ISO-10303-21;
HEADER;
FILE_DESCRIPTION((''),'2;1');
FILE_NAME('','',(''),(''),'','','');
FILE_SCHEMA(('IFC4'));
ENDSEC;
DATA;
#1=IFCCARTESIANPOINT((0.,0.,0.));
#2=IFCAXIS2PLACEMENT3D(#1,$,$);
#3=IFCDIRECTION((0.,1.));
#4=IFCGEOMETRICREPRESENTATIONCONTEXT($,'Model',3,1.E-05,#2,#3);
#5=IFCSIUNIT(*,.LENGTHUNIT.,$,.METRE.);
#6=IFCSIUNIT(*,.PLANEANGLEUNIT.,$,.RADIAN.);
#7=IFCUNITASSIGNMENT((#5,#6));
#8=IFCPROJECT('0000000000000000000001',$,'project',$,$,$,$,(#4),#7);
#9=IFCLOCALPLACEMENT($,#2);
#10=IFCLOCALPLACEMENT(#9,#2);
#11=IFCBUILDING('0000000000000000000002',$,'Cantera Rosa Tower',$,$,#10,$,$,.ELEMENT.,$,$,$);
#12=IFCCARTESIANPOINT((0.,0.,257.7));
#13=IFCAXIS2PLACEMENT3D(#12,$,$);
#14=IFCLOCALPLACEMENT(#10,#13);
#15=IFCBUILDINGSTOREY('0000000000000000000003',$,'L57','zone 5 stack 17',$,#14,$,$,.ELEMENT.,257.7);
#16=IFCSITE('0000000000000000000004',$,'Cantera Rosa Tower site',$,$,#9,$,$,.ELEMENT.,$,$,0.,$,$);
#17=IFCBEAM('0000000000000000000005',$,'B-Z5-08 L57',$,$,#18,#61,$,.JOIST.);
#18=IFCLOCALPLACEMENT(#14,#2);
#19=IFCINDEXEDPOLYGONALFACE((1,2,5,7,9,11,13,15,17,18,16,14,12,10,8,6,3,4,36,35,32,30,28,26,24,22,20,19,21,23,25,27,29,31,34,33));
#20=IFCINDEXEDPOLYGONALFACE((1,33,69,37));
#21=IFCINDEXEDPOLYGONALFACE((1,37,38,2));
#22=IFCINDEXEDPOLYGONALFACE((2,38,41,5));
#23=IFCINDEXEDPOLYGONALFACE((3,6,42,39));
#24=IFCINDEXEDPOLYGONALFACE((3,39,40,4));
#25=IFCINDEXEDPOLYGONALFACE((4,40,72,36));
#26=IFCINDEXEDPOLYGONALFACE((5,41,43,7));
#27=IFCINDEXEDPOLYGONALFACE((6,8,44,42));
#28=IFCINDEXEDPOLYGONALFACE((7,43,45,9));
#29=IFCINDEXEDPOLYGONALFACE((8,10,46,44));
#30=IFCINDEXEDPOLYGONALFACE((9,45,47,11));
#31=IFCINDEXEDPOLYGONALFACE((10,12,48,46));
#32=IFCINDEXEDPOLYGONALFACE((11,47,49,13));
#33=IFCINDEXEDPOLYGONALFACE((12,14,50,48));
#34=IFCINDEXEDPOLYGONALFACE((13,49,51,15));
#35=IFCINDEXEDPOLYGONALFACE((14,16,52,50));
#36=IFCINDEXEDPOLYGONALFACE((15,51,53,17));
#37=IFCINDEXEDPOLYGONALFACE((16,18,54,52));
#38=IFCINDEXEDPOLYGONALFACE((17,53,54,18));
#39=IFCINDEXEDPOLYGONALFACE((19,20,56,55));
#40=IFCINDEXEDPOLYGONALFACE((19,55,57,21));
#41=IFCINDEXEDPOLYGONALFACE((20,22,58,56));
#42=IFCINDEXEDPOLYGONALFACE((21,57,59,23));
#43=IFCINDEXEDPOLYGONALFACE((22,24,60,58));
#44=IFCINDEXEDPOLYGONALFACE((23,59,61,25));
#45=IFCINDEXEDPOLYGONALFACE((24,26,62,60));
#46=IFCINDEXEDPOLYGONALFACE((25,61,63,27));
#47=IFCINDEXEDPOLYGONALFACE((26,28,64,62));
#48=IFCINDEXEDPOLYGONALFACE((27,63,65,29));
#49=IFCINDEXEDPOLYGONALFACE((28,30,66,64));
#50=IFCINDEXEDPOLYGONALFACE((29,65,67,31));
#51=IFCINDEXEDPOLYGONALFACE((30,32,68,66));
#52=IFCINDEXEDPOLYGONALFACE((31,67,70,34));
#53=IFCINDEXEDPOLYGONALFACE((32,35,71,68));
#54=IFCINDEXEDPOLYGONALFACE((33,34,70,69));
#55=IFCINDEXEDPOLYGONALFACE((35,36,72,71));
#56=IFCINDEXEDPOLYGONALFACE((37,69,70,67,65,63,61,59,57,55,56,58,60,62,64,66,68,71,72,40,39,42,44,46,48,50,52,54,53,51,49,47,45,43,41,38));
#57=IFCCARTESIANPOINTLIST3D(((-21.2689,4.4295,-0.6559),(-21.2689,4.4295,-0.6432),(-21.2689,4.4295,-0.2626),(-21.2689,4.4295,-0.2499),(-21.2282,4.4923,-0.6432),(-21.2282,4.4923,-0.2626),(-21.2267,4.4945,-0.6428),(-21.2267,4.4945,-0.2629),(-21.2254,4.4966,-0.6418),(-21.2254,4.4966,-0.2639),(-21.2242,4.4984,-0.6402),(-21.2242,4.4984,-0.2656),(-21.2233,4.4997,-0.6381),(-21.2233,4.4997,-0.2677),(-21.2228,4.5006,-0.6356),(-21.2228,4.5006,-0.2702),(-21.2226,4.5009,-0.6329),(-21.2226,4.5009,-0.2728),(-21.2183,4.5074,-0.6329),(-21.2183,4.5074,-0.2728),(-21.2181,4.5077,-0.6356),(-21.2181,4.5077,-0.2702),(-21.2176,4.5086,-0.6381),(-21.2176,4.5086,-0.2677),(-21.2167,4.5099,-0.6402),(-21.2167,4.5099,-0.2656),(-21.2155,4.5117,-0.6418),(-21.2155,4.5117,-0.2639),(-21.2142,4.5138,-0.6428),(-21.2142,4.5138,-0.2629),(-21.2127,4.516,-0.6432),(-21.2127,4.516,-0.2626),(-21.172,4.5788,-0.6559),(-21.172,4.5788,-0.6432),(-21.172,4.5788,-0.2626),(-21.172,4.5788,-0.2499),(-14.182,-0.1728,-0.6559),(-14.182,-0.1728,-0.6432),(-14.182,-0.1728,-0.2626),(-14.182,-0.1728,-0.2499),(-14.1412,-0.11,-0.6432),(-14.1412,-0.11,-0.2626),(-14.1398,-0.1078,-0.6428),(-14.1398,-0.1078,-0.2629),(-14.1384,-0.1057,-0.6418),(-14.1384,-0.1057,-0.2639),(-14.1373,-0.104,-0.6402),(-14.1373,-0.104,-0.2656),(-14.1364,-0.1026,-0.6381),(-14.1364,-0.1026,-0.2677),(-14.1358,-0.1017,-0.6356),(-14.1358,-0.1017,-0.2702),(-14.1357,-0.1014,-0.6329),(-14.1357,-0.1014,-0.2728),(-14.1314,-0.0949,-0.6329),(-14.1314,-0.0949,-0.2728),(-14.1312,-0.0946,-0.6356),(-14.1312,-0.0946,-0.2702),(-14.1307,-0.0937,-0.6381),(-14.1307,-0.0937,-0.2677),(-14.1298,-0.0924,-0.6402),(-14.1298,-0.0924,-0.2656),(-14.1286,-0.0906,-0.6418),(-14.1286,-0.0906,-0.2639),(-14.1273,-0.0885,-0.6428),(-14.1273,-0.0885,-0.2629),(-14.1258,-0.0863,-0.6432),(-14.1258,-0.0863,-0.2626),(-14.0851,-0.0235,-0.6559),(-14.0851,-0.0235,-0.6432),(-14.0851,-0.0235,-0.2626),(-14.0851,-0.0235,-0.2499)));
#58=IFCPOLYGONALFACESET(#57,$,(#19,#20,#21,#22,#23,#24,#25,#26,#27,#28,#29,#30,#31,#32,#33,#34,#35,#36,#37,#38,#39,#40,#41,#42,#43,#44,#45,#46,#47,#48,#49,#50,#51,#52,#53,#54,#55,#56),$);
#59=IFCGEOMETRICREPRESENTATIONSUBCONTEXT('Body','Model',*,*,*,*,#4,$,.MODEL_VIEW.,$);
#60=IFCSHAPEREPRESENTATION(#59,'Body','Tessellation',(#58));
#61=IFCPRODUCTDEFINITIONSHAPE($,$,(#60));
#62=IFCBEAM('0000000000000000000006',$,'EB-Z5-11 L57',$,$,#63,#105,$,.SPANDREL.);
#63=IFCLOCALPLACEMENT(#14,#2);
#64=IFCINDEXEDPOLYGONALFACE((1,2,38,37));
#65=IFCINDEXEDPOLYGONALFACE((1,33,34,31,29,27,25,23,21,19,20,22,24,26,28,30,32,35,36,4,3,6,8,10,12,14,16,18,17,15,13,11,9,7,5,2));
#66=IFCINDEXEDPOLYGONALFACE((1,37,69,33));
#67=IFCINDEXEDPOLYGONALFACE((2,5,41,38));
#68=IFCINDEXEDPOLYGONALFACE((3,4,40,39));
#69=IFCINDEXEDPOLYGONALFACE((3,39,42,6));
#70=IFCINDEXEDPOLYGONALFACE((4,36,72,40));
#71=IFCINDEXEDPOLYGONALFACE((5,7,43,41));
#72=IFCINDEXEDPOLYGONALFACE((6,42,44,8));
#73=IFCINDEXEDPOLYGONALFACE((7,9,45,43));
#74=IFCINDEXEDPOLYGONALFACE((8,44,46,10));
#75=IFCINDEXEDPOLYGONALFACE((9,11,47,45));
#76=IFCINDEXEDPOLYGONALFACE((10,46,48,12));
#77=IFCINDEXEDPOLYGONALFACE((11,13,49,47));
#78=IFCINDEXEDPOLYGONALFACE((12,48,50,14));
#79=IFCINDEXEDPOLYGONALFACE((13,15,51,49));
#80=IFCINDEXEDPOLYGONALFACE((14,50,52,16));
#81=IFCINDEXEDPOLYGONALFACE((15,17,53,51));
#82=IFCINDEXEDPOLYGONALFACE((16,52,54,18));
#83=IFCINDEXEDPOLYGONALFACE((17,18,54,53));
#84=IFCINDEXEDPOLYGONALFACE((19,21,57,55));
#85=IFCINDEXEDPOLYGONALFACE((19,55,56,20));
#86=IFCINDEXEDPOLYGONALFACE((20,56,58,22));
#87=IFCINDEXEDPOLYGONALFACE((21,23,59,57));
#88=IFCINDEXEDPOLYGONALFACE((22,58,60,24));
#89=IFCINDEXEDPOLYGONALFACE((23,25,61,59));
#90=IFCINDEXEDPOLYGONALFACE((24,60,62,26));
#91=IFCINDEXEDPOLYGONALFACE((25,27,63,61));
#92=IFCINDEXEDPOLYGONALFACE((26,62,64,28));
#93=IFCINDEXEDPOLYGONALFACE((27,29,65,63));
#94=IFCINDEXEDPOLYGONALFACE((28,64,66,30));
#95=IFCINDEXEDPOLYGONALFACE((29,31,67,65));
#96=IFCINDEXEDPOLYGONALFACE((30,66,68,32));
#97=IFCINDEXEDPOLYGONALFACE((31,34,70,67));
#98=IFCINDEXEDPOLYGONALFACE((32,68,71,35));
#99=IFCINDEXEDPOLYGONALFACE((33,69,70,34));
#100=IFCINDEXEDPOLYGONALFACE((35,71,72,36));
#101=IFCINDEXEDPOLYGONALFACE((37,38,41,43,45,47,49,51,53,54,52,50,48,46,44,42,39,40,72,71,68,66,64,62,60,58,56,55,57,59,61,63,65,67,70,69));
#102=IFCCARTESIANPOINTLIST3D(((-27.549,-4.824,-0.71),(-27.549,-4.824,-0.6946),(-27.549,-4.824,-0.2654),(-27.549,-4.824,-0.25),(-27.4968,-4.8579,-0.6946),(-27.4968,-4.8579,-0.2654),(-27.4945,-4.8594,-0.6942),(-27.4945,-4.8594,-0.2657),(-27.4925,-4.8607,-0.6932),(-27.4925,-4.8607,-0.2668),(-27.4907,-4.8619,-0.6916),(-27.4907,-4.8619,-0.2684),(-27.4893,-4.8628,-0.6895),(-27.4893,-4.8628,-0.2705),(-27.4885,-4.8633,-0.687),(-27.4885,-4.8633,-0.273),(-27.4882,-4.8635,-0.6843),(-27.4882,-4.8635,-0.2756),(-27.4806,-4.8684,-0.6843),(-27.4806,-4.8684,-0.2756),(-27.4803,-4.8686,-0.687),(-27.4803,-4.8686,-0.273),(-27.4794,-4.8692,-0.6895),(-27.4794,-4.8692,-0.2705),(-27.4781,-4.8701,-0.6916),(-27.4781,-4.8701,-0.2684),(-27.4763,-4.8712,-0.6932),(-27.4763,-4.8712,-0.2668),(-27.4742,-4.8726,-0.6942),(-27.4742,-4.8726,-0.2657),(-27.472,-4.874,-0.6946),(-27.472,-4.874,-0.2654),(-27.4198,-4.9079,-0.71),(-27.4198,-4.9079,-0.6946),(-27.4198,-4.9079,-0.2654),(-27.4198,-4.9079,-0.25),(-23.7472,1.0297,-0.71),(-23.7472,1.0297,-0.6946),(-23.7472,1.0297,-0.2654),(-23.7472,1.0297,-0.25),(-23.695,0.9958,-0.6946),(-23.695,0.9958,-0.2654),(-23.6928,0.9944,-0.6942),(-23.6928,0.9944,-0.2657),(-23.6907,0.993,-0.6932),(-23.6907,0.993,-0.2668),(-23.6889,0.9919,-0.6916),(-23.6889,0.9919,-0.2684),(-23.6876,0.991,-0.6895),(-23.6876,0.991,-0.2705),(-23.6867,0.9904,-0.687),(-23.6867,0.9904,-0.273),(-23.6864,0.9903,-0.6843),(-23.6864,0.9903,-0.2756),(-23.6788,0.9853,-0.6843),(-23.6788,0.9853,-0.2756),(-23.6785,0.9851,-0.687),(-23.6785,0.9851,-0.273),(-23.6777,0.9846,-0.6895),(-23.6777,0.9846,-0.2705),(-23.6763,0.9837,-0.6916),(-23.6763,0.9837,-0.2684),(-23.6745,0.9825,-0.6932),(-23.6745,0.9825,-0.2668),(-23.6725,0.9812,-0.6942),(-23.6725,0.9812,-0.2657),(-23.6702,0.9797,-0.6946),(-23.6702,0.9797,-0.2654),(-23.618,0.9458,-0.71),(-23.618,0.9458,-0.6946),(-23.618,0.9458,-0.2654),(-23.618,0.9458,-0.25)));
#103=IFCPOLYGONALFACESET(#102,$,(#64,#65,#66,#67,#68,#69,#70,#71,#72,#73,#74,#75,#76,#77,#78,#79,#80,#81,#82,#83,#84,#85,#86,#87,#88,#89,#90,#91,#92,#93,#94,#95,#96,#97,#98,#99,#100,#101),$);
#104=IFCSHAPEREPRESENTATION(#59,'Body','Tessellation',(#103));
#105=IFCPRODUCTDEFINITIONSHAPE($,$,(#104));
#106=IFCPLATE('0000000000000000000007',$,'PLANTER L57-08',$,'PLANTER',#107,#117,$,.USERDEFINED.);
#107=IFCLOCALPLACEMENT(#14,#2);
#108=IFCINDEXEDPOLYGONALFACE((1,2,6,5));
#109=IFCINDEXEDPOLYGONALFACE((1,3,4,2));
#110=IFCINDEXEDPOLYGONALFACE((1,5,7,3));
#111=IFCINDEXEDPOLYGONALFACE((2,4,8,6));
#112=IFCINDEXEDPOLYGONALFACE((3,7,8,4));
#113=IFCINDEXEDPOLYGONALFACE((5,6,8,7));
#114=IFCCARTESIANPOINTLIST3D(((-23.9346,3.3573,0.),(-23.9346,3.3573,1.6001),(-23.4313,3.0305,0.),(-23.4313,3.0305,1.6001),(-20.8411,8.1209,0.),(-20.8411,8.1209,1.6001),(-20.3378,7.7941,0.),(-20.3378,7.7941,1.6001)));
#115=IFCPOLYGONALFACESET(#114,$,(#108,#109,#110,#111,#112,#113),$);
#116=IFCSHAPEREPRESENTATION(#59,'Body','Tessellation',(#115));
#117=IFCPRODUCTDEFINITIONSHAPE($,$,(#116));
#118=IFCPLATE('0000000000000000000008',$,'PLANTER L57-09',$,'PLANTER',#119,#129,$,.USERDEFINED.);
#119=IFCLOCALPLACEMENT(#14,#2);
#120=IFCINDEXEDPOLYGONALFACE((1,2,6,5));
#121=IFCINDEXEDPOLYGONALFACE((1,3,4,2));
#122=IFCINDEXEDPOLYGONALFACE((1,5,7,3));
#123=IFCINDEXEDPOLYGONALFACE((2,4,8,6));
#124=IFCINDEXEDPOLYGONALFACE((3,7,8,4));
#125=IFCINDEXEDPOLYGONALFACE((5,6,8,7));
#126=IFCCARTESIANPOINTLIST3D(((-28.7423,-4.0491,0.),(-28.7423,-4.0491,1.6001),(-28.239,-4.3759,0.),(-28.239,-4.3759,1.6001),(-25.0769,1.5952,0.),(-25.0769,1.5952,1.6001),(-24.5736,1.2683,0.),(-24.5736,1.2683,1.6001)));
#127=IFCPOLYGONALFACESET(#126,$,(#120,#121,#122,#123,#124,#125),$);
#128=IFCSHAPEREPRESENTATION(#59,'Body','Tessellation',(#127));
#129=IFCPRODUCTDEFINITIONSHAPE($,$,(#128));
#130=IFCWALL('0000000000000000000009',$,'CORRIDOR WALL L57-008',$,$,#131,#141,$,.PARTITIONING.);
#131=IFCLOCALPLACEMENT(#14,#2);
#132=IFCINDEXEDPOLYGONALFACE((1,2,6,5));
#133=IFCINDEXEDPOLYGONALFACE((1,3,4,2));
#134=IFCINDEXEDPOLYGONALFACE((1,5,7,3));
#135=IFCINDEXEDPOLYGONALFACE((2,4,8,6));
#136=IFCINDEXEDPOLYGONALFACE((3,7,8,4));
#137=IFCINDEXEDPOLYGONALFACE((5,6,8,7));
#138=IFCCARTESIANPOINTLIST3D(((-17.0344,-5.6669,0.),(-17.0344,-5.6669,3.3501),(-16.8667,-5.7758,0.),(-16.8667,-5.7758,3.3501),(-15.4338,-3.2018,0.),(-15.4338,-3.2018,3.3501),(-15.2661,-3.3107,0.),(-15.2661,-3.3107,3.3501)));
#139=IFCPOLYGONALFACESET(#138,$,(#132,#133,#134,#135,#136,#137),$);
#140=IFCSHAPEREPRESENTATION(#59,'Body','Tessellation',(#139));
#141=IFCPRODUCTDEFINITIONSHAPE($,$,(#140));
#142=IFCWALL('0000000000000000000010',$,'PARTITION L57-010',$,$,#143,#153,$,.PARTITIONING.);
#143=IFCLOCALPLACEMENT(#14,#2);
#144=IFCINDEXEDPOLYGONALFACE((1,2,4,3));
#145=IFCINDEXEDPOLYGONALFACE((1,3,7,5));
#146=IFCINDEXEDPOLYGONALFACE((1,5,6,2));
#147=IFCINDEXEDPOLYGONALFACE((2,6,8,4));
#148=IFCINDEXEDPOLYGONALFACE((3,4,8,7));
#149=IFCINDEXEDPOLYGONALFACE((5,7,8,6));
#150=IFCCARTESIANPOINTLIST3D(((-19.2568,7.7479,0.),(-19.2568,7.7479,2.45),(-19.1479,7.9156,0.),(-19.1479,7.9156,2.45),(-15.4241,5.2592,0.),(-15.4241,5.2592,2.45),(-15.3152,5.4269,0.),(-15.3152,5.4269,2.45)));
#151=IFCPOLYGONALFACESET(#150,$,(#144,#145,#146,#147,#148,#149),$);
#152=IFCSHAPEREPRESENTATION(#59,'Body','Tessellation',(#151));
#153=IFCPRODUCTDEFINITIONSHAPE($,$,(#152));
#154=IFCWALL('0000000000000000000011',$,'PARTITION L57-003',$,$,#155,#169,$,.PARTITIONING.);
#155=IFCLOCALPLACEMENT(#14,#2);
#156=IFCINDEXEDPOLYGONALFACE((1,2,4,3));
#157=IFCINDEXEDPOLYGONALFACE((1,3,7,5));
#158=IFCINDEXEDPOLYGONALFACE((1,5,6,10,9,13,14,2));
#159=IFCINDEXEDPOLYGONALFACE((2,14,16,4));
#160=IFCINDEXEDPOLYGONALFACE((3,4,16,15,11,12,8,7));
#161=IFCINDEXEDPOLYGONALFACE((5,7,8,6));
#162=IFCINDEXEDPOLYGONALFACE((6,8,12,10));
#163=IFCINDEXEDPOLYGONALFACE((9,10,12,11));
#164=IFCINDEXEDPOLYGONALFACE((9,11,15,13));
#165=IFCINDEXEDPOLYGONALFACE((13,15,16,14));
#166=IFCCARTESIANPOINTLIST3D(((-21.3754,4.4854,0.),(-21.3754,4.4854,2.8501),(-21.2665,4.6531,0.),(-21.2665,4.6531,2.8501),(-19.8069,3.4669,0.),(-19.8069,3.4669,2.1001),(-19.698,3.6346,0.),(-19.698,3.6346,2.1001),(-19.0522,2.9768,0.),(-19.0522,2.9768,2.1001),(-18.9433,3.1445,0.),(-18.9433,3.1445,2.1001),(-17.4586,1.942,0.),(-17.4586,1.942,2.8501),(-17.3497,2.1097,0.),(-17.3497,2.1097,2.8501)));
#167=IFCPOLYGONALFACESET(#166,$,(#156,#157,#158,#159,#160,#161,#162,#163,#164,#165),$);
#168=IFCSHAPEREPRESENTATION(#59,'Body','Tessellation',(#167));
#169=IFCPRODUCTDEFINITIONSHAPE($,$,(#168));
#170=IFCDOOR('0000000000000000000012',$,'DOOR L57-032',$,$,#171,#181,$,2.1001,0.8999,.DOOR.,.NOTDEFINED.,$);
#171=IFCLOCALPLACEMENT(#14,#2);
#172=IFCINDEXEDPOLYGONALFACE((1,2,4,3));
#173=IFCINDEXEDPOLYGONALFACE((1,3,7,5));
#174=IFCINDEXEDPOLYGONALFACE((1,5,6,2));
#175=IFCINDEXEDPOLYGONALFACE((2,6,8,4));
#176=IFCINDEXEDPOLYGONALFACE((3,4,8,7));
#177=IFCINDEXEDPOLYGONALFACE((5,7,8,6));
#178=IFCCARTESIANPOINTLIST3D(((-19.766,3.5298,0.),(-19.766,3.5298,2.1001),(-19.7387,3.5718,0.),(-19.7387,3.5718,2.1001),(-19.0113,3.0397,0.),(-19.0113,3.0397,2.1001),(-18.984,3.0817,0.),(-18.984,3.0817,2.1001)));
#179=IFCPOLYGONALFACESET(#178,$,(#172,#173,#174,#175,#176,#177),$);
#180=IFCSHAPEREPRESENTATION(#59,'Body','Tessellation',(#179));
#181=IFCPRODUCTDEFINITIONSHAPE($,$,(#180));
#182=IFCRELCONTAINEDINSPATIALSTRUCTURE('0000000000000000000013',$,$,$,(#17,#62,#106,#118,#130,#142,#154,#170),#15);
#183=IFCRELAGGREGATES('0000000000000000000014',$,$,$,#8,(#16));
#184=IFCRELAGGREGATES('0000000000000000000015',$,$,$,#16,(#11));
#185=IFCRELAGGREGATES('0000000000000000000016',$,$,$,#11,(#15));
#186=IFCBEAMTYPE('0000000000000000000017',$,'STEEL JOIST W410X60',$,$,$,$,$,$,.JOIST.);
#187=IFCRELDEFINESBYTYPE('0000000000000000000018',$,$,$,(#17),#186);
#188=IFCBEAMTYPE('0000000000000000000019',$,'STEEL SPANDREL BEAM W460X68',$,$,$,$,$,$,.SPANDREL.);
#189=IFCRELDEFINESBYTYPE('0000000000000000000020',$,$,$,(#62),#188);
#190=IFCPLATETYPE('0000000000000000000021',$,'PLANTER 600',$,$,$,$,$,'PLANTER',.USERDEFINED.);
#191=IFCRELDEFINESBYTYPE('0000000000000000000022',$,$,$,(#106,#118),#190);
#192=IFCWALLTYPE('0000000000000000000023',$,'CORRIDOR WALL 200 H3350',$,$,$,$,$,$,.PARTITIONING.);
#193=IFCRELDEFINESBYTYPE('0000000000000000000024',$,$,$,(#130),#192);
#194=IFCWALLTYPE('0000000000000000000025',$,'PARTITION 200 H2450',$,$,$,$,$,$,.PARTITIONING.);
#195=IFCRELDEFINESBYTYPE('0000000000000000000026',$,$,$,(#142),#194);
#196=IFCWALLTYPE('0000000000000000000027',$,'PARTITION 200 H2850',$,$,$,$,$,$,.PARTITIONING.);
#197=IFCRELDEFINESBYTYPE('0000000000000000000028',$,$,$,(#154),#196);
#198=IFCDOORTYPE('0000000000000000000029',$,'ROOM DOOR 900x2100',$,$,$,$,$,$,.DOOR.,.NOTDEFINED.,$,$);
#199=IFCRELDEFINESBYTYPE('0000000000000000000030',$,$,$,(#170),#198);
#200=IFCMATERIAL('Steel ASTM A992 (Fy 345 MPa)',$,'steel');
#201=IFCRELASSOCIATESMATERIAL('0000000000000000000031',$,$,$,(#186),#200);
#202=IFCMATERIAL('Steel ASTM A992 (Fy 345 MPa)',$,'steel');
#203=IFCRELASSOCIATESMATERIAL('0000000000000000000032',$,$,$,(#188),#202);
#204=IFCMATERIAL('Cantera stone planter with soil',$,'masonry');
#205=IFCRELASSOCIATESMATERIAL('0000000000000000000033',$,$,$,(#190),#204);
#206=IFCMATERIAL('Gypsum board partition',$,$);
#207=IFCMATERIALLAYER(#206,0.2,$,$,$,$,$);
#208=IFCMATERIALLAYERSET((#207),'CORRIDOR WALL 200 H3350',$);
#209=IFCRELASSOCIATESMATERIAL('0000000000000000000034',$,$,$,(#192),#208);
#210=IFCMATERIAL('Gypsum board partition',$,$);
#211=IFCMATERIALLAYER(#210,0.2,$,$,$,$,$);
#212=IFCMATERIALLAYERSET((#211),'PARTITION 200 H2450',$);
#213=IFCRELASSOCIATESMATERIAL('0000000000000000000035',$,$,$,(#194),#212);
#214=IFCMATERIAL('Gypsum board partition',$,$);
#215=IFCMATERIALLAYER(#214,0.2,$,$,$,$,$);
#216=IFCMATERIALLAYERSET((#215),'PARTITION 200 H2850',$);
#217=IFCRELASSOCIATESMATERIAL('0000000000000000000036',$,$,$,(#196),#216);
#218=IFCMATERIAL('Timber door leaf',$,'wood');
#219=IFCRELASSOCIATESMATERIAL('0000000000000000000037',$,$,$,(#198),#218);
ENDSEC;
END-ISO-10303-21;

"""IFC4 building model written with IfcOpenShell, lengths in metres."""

from ifc_helpers import new_model, si_unit, direction, frame, frame_2d, origin, origin_2d, place, context, subcontext, project, spatial, rectangle, i_section, extrude, material, layer, layer_set, material_profile, profile_set, type_object, element, fill, save


model = new_model("IFC4")

# Units and contexts
model_context = context("Model", 3, precision=1e-05, world=origin(), true_north=direction((0.0, 1.0)))
body_context = subcontext(model_context, "Body", "Model", "MODEL_VIEW")
ifc_project = project(units=[si_unit("LENGTHUNIT", "METRE"), si_unit("PLANEANGLEUNIT", "RADIAN")], contexts=[model_context])

# Site, building, storey
site_placement = place(None, origin())
site = spatial("IfcSite", under=ifc_project, at=site_placement, Name="Cantera Rosa Tower site", CompositionType="ELEMENT", RefElevation=0.0)
building_placement = place(site_placement, origin())
building = spatial("IfcBuilding", under=site, at=building_placement, Name="Cantera Rosa Tower", CompositionType="ELEMENT")
storey_placement = place(building_placement, frame((0.0, 0.0, 257.7)))
storey = spatial("IfcBuildingStorey", under=building, at=storey_placement, Name="L57", Description="zone 5 stack 17", CompositionType="ELEMENT", Elevation=257.7)

# Beams
ifc_material_1 = material(Name="Steel ASTM A992 (Fy 345 MPa)", Category="steel")
ifc_material_profile_1 = material_profile(ifc_material_1, i_section(OverallWidth=0.178, OverallDepth=0.406, WebThickness=0.0078, FlangeThickness=0.0127, FilletRadius=0.0103, at=origin_2d()), Name="W410X60")
ifc_profile_set_1 = profile_set([ifc_material_profile_1], Name="Steel ASTM A992 (Fy 345 MPa)")
beam_type_1 = type_object("IfcBeamType", Name="STEEL JOIST W410X60", PredefinedType="JOIST", material=ifc_profile_set_1)
beam_1_placement = place(storey_placement, frame((-21.2205, 4.5042, -0.4529), z_axis=(0.838671, -0.544639, 0.0), x_axis=(0.544639, 0.838671, 0.0)))
element("IfcBeam", 1, at=beam_1_placement, inside=storey, type_object=beam_type_1, Name="B-Z5-08 L57", PredefinedType="JOIST", context=body_context, shape_type="SweptSolid", body=[
    extrude(i_section(OverallWidth=0.178, OverallDepth=0.406, WebThickness=0.0078, FlangeThickness=0.0127, FilletRadius=0.0103, at=origin_2d()), origin(), (0.0, 0.0, 1.0), 8.4502),
])
ifc_material_2 = material(Name="Steel ASTM A992 (Fy 345 MPa)", Category="steel")
ifc_material_profile_2 = material_profile(ifc_material_2, i_section(OverallWidth=0.1541, OverallDepth=0.46, WebThickness=0.009, FlangeThickness=0.0154, FilletRadius=0.0103, at=origin_2d()), Name="W460X68")
ifc_profile_set_2 = profile_set([ifc_material_profile_2], Name="Steel ASTM A992 (Fy 345 MPa)")
beam_type_2 = type_object("IfcBeamType", Name="STEEL SPANDREL BEAM W460X68", PredefinedType="SPANDREL", material=ifc_profile_set_2)
beam_2_placement = place(storey_placement, frame((-23.6826, 0.9878, -0.48), z_axis=(-0.544667, -0.838652, 0.0), x_axis=(0.838652, -0.544667, 0.0)))
element("IfcBeam", 2, at=beam_2_placement, inside=storey, type_object=beam_type_2, Name="EB-Z5-11 L57", PredefinedType="SPANDREL", context=body_context, shape_type="SweptSolid", body=[
    extrude(i_section(OverallWidth=0.1541, OverallDepth=0.46, WebThickness=0.009, FlangeThickness=0.0154, FilletRadius=0.0103, at=origin_2d()), origin(), (0.0, 0.0, 1.0), 6.98),
])

# Plates
ifc_material_3 = material(Name="Cantera stone planter with soil", Category="masonry")
plate_type = type_object("IfcPlateType", Name="PLANTER 600", ElementType="PLANTER", PredefinedType="USERDEFINED", material=ifc_material_3)
plate_1_placement = place(storey_placement, frame((-22.1362, 5.5757, 0.0), z_axis=(0.0, 0.0, 1.0), x_axis=(-0.544639, -0.838671, 0.0)))
element("IfcPlate", 3, at=plate_1_placement, inside=storey, type_object=plate_type, Name="PLANTER L57-08", ObjectType="PLANTER", PredefinedType="USERDEFINED", context=body_context, shape_type="SweptSolid", body=[
    extrude(rectangle(XDim=5.6799, YDim=0.6001, at=origin_2d()), origin(), (0.0, 0.0, 1.0), 1.6001),
])
plate_2_placement = place(storey_placement, frame((-26.658, -1.3904, 0.0), z_axis=(0.0, 0.0, 1.0), x_axis=(-0.544639, -0.838671, 0.0)))
element("IfcPlate", 4, at=plate_2_placement, inside=storey, type_object=plate_type, Name="PLANTER L57-09", ObjectType="PLANTER", PredefinedType="USERDEFINED", context=body_context, shape_type="SweptSolid", body=[
    extrude(rectangle(XDim=6.73, YDim=0.6001, at=origin_2d()), origin(), (0.0, 0.0, 1.0), 1.6001),
])

# Wall
ifc_material_4 = material(Name="Gypsum board partition")
ifc_layer_1 = layer(ifc_material_4, 0.2)
ifc_layer_set_1 = layer_set([ifc_layer_1], Name="CORRIDOR WALL 200 H3350")
wall_type_1 = type_object("IfcWallType", Name="CORRIDOR WALL 200 H3350", PredefinedType="PARTITIONING", material=ifc_layer_set_1)
wall_1_placement = place(storey_placement, frame((-15.3499, -3.2561, 0.0), z_axis=(0.0, 0.0, 1.0), x_axis=(-0.544577, -0.838711, 0.0)))
element("IfcWall", 5, at=wall_1_placement, inside=storey, type_object=wall_type_1, Name="CORRIDOR WALL L57-008", PredefinedType="PARTITIONING", context=body_context, shape_type="SweptSolid", body=[
    extrude(rectangle(XDim=2.9392, YDim=0.2, at=frame_2d((1.4697, 0.0))), origin(), (0.0, 0.0, 1.0), 3.3501),
])

# Wall
ifc_material_5 = material(Name="Gypsum board partition")
ifc_layer_2 = layer(ifc_material_5, 0.2)
ifc_layer_set_2 = layer_set([ifc_layer_2], Name="PARTITION 200 H2450")
wall_type_2 = type_object("IfcWallType", Name="PARTITION 200 H2450", PredefinedType="PARTITIONING", material=ifc_layer_set_2)
wall_2_placement = place(storey_placement, frame((-15.3696, 5.343, 0.0), z_axis=(0.0, 0.0, 1.0), x_axis=(-0.838696, 0.5446, 0.0)))
element("IfcWall", 6, at=wall_2_placement, inside=storey, type_object=wall_type_2, Name="PARTITION L57-010", PredefinedType="PARTITIONING", context=body_context, shape_type="SweptSolid", body=[
    extrude(rectangle(XDim=4.5698, YDim=0.2, at=frame_2d((2.2849, 0.0))), origin(), (0.0, 0.0, 1.0), 2.45),
])

# Wall, opening, door
ifc_material_6 = material(Name="Gypsum board partition")
ifc_layer_3 = layer(ifc_material_6, 0.2)
ifc_layer_set_3 = layer_set([ifc_layer_3], Name="PARTITION 200 H2850")
wall_type_3 = type_object("IfcWallType", Name="PARTITION 200 H2850", PredefinedType="PARTITIONING", material=ifc_layer_set_3)
wall_3_placement = place(storey_placement, frame((-17.4043, 2.0259, 0.0), z_axis=(0.0, 0.0, 1.0), x_axis=(-0.838681, 0.544623, 0.0)))
wall_3 = element("IfcWall", 7, at=wall_3_placement, inside=storey, type_object=wall_type_3, Name="PARTITION L57-003", PredefinedType="PARTITIONING", context=body_context, shape_type="SweptSolid", body=[
    extrude(rectangle(XDim=4.6702, YDim=0.2, at=frame_2d((2.335, 0.0))), origin(), (0.0, 0.0, 1.0), 2.8501),
])
opening_1_placement = place(wall_3_placement, frame((1.8999, 0.0, 0.0)))
opening_1 = element("IfcOpeningElement", 8, at=opening_1_placement, cuts=wall_3, PredefinedType="OPENING", context=body_context, shape_type="SweptSolid", body=[
    extrude(rectangle(XDim=0.8999, YDim=2.1001, at=frame_2d((0.45, 1.05))), frame((0.0, 0.1099, 0.0), z_axis=(0.0, -1.0, 0.0), x_axis=(1.0, 0.0, 0.0)), (0.0, 0.0, 1.0), 0.22),
])
ifc_material_7 = material(Name="Timber door leaf", Category="wood")
door_type_1 = type_object("IfcDoorType", Name="ROOM DOOR 900x2100", OperationType="NOTDEFINED", PredefinedType="DOOR", material=ifc_material_7)
door_1_placement = place(opening_1_placement, origin())
door_1 = element("IfcDoor", 9, at=door_1_placement, inside=storey, type_object=door_type_1, Name="DOOR L57-032", OperationType="NOTDEFINED", OverallHeight=2.1001, OverallWidth=0.8999, PredefinedType="DOOR", context=body_context, shape_type="SweptSolid", body=[
    extrude(rectangle(XDim=0.8999, YDim=2.1001, at=frame_2d((0.45, 1.05))), frame((0.0, 0.0249, 0.0), z_axis=(0.0, -1.0, 0.0), x_axis=(1.0, 0.0, 0.0)), (0.0, 0.0, 1.0), 0.05),
])
fill(opening_1, door_1)

save(model, "model.ifc")
